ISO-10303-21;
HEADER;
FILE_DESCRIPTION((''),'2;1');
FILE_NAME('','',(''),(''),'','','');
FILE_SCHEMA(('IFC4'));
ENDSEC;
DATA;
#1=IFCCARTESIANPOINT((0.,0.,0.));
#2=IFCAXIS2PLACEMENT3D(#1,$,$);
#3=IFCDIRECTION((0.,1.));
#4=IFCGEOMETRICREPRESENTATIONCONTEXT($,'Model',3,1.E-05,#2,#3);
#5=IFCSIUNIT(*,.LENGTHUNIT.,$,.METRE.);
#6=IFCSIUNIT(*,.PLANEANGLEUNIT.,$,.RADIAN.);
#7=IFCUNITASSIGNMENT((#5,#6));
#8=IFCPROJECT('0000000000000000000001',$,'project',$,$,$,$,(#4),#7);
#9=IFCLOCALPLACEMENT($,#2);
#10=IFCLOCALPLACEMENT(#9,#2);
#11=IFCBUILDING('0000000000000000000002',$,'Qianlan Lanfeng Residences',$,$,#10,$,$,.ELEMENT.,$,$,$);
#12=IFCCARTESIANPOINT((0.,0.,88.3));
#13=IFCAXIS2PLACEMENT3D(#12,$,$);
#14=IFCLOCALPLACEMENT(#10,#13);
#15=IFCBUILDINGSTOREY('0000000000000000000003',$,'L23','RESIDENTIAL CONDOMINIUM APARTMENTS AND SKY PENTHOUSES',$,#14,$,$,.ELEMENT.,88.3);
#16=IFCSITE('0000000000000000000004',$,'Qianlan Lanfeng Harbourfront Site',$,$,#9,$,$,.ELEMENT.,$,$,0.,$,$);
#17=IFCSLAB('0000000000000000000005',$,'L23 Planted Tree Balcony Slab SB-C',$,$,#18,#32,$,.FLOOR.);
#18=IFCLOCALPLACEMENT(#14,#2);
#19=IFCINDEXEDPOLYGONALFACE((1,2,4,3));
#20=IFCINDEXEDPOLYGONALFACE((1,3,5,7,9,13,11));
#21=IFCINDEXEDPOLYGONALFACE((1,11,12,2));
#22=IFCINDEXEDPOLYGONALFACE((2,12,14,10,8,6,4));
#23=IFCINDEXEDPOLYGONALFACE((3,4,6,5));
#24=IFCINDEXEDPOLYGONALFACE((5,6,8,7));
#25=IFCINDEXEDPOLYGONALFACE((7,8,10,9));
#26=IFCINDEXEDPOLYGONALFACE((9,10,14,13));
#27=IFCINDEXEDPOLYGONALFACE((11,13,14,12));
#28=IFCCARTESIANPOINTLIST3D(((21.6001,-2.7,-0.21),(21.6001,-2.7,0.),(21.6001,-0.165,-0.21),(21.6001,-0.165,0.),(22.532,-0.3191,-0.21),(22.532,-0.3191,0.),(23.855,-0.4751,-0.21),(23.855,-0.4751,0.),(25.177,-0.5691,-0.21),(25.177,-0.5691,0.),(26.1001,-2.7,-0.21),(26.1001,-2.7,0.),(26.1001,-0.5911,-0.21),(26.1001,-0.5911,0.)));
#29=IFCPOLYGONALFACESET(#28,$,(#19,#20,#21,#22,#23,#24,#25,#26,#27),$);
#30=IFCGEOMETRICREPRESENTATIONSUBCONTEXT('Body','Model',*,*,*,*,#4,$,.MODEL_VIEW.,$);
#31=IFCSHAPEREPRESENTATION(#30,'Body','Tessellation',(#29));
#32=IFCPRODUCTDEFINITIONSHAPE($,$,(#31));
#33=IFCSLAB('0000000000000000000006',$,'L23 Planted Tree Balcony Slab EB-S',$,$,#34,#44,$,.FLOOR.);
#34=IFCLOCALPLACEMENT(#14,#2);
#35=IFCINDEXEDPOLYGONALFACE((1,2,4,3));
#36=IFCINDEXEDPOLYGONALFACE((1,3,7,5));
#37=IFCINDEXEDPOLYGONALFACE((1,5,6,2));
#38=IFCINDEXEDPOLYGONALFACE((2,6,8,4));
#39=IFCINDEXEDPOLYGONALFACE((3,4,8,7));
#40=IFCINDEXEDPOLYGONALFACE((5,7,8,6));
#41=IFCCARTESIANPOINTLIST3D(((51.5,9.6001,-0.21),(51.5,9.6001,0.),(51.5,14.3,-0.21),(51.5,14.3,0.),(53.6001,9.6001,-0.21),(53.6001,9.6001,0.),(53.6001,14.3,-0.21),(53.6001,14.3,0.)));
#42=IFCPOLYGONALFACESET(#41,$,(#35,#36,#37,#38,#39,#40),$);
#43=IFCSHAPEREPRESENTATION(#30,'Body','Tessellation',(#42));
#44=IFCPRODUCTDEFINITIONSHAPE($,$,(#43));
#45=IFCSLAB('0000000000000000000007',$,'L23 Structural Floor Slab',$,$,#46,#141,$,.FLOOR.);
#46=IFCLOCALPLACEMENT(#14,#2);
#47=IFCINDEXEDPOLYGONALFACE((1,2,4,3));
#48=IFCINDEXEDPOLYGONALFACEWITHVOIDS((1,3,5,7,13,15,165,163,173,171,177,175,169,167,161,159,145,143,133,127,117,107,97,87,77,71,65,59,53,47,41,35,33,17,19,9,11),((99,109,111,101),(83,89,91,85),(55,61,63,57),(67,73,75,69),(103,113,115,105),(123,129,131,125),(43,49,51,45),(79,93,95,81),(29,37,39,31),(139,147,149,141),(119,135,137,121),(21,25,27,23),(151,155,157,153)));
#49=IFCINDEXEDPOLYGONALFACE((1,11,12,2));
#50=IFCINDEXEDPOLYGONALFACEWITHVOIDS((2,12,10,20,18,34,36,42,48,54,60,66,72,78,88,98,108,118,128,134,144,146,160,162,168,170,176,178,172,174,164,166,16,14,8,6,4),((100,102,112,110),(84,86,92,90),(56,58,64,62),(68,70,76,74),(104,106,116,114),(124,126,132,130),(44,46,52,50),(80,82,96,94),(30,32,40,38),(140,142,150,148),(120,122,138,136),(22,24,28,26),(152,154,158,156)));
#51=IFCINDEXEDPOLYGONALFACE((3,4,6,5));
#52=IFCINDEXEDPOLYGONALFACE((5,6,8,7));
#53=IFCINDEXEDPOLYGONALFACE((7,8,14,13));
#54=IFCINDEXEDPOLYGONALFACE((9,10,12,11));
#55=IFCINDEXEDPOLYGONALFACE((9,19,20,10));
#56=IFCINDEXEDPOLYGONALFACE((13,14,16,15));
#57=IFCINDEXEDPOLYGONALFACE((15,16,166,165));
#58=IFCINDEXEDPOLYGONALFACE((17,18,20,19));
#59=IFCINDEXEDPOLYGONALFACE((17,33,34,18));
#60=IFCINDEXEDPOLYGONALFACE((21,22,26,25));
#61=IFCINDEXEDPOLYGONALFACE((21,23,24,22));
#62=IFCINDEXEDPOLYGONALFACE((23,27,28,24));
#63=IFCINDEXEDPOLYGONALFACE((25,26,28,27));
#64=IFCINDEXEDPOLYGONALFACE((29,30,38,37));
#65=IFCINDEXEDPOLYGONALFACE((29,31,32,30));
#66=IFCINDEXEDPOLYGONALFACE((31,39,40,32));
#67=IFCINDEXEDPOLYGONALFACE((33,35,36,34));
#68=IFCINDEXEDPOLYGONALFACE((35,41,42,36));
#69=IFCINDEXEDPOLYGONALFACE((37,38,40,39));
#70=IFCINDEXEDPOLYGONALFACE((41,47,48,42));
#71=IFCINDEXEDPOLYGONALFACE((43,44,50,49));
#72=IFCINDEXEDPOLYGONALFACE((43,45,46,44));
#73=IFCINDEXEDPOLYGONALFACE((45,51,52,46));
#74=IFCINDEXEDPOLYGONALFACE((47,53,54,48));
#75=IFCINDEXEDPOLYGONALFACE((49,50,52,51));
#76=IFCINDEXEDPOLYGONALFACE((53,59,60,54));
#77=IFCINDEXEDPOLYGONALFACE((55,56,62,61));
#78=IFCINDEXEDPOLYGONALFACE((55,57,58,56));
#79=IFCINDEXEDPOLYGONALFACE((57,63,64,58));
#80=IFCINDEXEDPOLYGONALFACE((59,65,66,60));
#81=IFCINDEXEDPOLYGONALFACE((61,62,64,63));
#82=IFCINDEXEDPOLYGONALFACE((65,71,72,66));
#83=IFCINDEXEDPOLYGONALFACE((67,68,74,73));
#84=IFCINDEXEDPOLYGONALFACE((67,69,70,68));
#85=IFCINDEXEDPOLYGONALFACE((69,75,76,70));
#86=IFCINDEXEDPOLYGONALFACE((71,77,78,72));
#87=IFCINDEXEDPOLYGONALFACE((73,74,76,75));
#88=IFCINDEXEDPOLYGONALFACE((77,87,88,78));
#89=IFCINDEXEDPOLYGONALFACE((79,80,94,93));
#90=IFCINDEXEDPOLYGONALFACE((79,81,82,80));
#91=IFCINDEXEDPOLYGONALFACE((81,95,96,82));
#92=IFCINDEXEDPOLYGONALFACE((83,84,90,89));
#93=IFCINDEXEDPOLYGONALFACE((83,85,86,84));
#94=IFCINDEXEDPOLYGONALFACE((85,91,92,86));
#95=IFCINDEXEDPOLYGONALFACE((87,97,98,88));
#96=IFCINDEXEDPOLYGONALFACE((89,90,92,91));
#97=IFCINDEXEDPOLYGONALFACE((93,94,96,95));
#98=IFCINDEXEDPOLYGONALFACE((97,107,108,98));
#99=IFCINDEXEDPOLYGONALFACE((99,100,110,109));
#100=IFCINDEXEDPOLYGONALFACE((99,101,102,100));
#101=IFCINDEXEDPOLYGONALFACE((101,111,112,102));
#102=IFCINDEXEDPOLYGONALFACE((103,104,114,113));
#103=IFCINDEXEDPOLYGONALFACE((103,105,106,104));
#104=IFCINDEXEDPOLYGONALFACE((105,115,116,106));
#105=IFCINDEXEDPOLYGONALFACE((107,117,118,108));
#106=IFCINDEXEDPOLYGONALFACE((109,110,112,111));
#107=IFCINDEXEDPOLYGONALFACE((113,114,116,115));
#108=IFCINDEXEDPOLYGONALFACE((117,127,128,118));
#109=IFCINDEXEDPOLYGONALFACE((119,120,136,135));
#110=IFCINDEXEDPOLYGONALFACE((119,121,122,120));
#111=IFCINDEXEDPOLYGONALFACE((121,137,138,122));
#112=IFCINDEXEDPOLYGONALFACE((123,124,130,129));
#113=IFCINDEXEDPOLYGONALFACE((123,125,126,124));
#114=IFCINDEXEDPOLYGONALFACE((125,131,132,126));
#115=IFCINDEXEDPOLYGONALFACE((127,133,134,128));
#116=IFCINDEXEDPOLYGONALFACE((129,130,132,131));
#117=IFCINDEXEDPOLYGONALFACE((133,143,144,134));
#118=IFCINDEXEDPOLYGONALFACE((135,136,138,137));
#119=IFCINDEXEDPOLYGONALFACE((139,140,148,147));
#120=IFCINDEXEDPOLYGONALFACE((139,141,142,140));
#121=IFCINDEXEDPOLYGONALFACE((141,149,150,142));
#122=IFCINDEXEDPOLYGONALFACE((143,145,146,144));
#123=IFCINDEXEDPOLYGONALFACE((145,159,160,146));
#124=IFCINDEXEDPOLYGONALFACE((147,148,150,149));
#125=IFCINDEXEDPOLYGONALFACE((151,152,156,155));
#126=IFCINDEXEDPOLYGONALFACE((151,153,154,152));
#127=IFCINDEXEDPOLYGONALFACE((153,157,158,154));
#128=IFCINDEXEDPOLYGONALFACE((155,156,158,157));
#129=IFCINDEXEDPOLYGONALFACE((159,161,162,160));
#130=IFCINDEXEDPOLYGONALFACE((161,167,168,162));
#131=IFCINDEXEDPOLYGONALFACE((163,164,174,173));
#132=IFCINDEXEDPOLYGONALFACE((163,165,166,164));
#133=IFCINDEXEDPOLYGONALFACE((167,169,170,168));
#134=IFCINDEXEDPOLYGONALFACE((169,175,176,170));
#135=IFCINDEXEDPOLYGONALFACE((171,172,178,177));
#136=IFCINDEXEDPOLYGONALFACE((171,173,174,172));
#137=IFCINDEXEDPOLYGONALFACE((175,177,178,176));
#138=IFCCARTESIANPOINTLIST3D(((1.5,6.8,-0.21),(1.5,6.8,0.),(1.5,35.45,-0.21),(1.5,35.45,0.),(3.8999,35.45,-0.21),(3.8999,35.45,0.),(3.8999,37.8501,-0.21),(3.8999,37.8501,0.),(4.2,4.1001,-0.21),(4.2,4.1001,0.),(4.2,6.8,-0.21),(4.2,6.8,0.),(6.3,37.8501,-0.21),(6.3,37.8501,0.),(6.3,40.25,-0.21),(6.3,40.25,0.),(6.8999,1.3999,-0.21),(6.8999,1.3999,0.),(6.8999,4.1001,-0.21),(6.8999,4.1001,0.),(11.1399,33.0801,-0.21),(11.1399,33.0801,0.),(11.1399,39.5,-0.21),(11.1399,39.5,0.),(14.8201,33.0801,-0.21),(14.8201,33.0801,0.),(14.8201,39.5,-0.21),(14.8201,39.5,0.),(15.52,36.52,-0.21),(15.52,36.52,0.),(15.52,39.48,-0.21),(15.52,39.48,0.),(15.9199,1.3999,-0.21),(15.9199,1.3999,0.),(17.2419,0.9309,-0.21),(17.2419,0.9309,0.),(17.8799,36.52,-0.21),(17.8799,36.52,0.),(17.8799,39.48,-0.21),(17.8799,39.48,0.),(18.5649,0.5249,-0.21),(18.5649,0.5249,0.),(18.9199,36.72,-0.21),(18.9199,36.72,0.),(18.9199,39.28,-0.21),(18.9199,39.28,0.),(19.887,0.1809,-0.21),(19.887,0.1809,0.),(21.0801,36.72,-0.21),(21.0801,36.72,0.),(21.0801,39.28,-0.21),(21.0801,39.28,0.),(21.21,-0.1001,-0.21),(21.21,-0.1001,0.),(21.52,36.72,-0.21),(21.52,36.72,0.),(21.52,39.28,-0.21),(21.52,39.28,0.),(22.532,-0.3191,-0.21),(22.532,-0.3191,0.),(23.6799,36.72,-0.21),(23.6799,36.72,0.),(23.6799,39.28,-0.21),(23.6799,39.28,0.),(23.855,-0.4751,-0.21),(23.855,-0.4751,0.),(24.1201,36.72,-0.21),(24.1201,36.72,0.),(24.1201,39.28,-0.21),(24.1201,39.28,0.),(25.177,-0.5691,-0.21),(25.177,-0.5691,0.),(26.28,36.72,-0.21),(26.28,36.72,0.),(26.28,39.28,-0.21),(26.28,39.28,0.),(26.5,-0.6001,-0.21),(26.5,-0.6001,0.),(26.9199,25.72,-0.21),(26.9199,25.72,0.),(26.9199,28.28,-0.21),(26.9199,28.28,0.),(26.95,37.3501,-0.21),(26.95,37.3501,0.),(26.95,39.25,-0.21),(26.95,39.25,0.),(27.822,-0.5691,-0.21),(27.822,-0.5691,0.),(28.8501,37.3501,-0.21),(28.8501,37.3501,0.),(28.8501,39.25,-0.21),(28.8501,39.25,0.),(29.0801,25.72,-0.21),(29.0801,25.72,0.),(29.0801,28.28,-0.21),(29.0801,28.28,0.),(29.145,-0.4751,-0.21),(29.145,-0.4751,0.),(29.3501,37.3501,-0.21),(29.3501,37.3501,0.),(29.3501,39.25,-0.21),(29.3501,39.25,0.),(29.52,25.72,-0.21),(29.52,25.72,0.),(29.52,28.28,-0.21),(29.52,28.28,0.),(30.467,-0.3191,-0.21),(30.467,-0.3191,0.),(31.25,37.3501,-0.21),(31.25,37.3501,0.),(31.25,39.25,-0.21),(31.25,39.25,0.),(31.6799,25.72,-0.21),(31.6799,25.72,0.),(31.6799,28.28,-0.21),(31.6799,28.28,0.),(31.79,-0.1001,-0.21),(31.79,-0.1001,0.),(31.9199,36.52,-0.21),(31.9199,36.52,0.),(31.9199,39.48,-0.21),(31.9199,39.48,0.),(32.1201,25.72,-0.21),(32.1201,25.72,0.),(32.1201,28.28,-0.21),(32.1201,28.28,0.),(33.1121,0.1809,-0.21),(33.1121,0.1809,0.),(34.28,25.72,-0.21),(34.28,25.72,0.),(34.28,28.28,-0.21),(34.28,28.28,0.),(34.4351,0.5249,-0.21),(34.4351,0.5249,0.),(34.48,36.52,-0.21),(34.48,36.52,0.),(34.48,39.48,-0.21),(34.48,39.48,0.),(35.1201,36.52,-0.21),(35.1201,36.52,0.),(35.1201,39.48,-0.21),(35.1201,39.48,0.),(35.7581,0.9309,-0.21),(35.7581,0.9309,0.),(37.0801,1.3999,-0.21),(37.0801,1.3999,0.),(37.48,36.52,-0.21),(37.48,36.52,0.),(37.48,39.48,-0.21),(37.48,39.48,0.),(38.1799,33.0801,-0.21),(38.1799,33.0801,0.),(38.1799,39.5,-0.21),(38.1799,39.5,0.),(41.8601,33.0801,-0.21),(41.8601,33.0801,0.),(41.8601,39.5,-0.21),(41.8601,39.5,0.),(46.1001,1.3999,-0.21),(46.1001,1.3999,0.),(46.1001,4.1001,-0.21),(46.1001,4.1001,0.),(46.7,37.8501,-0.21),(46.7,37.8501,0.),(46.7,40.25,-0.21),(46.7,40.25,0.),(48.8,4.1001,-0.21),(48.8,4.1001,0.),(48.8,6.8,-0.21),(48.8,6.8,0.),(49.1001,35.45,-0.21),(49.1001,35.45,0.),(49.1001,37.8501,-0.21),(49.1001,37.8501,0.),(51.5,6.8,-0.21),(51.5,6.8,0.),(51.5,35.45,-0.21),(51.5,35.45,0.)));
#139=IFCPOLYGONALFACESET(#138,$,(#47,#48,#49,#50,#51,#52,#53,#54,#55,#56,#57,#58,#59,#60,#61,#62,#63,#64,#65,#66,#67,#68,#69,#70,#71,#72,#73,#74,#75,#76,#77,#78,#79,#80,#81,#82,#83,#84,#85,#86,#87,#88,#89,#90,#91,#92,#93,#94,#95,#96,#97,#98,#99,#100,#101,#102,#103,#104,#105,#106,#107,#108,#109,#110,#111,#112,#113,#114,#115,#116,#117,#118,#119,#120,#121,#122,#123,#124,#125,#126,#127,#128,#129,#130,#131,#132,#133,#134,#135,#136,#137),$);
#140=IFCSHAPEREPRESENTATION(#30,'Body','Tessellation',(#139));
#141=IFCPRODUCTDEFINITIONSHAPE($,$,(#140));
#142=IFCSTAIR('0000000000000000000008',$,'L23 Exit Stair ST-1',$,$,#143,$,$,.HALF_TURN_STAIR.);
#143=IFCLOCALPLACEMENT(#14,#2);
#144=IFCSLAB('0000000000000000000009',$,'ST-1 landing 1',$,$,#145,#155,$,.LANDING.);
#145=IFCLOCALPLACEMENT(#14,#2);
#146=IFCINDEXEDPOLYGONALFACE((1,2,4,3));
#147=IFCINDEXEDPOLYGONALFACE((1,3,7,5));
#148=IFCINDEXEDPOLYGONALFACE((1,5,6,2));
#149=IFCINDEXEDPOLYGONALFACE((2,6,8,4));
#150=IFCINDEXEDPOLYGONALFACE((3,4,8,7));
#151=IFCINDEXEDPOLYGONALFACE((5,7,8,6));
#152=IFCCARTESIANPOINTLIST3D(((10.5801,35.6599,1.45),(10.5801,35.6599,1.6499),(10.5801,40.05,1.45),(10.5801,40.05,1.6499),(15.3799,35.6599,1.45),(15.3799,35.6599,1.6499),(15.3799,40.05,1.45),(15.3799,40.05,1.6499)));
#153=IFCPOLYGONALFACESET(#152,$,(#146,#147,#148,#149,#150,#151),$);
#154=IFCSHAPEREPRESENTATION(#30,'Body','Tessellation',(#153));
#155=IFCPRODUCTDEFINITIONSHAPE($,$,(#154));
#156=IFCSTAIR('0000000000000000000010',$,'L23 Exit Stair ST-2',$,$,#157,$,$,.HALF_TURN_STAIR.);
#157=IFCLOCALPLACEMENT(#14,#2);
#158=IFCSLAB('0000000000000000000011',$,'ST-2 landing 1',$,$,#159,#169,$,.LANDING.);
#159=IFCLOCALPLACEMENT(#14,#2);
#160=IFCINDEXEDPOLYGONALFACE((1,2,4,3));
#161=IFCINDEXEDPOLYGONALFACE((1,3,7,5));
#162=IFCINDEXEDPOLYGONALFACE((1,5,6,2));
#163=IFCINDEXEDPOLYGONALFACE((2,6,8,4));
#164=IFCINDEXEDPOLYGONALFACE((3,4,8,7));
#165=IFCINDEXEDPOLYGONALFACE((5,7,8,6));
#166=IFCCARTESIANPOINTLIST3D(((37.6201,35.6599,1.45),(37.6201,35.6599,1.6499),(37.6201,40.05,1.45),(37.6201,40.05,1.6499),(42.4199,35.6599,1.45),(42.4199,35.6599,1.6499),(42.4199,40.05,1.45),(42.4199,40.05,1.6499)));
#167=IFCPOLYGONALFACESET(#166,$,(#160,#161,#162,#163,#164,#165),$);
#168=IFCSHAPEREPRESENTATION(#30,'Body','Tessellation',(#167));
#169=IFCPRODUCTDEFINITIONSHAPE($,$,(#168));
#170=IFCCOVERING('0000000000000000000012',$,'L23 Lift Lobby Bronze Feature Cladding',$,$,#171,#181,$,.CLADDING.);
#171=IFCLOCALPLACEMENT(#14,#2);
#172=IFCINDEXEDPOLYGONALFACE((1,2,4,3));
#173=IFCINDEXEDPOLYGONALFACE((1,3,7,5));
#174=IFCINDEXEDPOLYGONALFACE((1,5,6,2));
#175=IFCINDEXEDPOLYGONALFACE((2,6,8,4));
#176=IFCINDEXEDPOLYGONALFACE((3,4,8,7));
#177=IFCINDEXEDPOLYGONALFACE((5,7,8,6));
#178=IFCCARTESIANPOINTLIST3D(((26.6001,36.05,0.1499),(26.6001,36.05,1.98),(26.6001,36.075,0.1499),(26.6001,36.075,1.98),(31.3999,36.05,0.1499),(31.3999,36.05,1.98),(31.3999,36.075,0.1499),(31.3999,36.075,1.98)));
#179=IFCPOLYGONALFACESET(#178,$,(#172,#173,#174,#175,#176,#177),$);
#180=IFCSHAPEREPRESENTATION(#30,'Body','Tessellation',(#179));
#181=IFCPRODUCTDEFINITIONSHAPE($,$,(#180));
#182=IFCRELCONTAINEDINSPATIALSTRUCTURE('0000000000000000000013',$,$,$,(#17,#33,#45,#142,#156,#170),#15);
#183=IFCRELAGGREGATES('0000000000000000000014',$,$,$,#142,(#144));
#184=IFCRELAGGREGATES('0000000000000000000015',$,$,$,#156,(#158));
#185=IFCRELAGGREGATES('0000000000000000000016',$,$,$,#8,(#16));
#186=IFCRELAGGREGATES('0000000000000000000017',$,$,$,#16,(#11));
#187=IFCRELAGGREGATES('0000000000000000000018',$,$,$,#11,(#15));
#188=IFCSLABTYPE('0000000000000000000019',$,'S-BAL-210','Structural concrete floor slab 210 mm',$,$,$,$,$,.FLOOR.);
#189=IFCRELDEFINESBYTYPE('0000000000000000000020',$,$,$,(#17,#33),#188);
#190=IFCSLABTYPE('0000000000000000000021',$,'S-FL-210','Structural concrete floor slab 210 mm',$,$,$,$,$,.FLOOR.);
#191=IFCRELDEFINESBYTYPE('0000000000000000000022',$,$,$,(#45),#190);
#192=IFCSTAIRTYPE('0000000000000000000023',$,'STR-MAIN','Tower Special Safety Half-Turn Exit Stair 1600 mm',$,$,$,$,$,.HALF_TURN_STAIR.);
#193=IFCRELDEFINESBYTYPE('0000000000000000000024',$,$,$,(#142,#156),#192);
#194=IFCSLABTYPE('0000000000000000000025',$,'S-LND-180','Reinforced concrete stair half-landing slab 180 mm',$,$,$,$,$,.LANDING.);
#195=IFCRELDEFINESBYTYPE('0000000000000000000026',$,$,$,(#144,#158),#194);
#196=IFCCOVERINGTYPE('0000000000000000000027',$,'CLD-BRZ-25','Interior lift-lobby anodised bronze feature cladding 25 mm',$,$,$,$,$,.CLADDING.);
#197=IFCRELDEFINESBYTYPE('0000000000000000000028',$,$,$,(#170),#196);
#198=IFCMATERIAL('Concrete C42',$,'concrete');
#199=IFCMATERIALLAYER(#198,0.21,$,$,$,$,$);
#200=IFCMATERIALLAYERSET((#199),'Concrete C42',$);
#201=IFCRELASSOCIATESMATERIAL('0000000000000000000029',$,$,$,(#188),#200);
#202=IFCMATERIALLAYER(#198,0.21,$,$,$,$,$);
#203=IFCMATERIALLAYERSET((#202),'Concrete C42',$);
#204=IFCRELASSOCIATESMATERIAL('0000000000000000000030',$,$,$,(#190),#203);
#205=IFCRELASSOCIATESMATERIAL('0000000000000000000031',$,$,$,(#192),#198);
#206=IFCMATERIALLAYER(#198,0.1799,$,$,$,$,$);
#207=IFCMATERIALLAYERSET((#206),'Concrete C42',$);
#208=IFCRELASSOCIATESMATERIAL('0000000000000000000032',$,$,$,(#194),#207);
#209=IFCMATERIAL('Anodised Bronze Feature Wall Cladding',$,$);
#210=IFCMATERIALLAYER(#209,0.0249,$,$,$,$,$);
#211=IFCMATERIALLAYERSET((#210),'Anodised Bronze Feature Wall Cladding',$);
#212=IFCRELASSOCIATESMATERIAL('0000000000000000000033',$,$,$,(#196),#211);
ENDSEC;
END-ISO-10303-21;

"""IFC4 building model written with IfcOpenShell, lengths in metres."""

from ifc_helpers import new_model, si_unit, direction, frame, origin, place, context, subcontext, project, spatial, polyline, outline, extrude, material, layer, layer_set, type_object, element, aggregate, save


model = new_model("IFC4")

# Units and contexts
model_context = context("Model", 3, precision=1e-05, world=origin(), true_north=direction((0.0, 1.0)))
body_context = subcontext(model_context, "Body", "Model", "MODEL_VIEW")
ifc_project = project(units=[si_unit("LENGTHUNIT", "METRE"), si_unit("PLANEANGLEUNIT", "RADIAN")], contexts=[model_context])

# Site, building, storey
site_placement = place(None, origin())
site = spatial("IfcSite", under=ifc_project, at=site_placement, Name="Qianlan Lanfeng Harbourfront Site", CompositionType="ELEMENT", RefElevation=0.0)
building_placement = place(site_placement, origin())
building = spatial("IfcBuilding", under=site, at=building_placement, Name="Qianlan Lanfeng Residences", CompositionType="ELEMENT")
storey_placement = place(building_placement, frame((0.0, 0.0, 88.3)))
storey = spatial("IfcBuildingStorey", under=building, at=storey_placement, Name="L23", Description="RESIDENTIAL CONDOMINIUM APARTMENTS AND SKY PENTHOUSES", CompositionType="ELEMENT", Elevation=88.3)

# Slabs
ifc_material_1 = material(Name="Concrete C42", Category="concrete")
ifc_layer_1 = layer(ifc_material_1, 0.21)
ifc_layer_set_1 = layer_set([ifc_layer_1], Name="Concrete C42")
slab_type_1 = type_object("IfcSlabType", Name="S-BAL-210", Description="Structural concrete floor slab 210 mm", PredefinedType="FLOOR", material=ifc_layer_set_1)
slab_1_placement = place(storey_placement, frame((0.0, 0.0, -0.21)))
element("IfcSlab", 1, at=slab_1_placement, inside=storey, type_object=slab_type_1, Name="L23 Planted Tree Balcony Slab SB-C", PredefinedType="FLOOR", context=body_context, shape_type="SweptSolid", body=[
    extrude(outline(polyline([(26.1001, -0.5911), (25.177, -0.5691), (23.855, -0.4751), (22.532, -0.3191), (21.6001, -0.165), (21.6001, -2.7), (26.1001, -2.7), (26.1001, -0.5911)])), origin(), (0.0, 0.0, 1.0), 0.21),
])
slab_2_placement = place(storey_placement, frame((0.0, 0.0, -0.21)))
element("IfcSlab", 2, at=slab_2_placement, inside=storey, type_object=slab_type_1, Name="L23 Planted Tree Balcony Slab EB-S", PredefinedType="FLOOR", context=body_context, shape_type="SweptSolid", body=[
    extrude(outline(polyline([(51.5, 14.3), (51.5, 9.6001), (53.6001, 9.6001), (53.6001, 14.3), (51.5, 14.3)])), origin(), (0.0, 0.0, 1.0), 0.21),
])
ifc_layer_2 = layer(ifc_material_1, 0.21)
ifc_layer_set_2 = layer_set([ifc_layer_2], Name="Concrete C42")
slab_type_2 = type_object("IfcSlabType", Name="S-FL-210", Description="Structural concrete floor slab 210 mm", PredefinedType="FLOOR", material=ifc_layer_set_2)
slab_3_placement = place(storey_placement, frame((0.0, 0.0, -0.21)))
element("IfcSlab", 3, at=slab_3_placement, inside=storey, type_object=slab_type_2, Name="L23 Structural Floor Slab", PredefinedType="FLOOR", context=body_context, shape_type="SweptSolid", body=[
    extrude(outline(polyline([(1.5, 6.8), (4.2, 6.8), (4.2, 4.1001), (6.8999, 4.1001), (6.8999, 1.3999), (15.9199, 1.3999), (17.2419, 0.9309), (18.5649, 0.5249), (19.887, 0.1809), (21.21, -0.1001), (22.532, -0.3191), (23.855, -0.4751), (25.177, -0.5691), (26.5, -0.6001), (27.822, -0.5691), (29.145, -0.4751), (30.467, -0.3191), (31.79, -0.1001), (33.1121, 0.1809), (34.4351, 0.5249), (35.7581, 0.9309), (37.0801, 1.3999), (46.1001, 1.3999), (46.1001, 4.1001), (48.8, 4.1001), (48.8, 6.8), (51.5, 6.8), (51.5, 35.45), (49.1001, 35.45), (49.1001, 37.8501), (46.7, 37.8501), (46.7, 40.25), (6.3, 40.25), (6.3, 37.8501), (3.8999, 37.8501), (3.8999, 35.45), (1.5, 35.45), (1.5, 6.8)]), holes=[polyline([(11.1399, 33.0801), (11.1399, 39.5), (14.8201, 39.5), (14.8201, 33.0801), (11.1399, 33.0801)]), polyline([(38.1799, 33.0801), (38.1799, 39.5), (41.8601, 39.5), (41.8601, 33.0801), (38.1799, 33.0801)]), polyline([(15.52, 36.52), (15.52, 39.48), (17.8799, 39.48), (17.8799, 36.52), (15.52, 36.52)]), polyline([(35.1201, 36.52), (35.1201, 39.48), (37.48, 39.48), (37.48, 36.52), (35.1201, 36.52)]), polyline([(31.9199, 36.52), (31.9199, 39.48), (34.48, 39.48), (34.48, 36.52), (31.9199, 36.52)]), polyline([(26.9199, 25.72), (26.9199, 28.28), (29.0801, 28.28), (29.0801, 25.72), (26.9199, 25.72)]), polyline([(29.52, 25.72), (29.52, 28.28), (31.6799, 28.28), (31.6799, 25.72), (29.52, 25.72)]), polyline([(32.1201, 25.72), (32.1201, 28.28), (34.28, 28.28), (34.28, 25.72), (32.1201, 25.72)]), polyline([(18.9199, 36.72), (18.9199, 39.28), (21.0801, 39.28), (21.0801, 36.72), (18.9199, 36.72)]), polyline([(21.52, 36.72), (21.52, 39.28), (23.6799, 39.28), (23.6799, 36.72), (21.52, 36.72)]), polyline([(24.1201, 36.72), (24.1201, 39.28), (26.28, 39.28), (26.28, 36.72), (24.1201, 36.72)]), polyline([(26.95, 37.3501), (26.95, 39.25), (28.8501, 39.25), (28.8501, 37.3501), (26.95, 37.3501)]), polyline([(29.3501, 37.3501), (29.3501, 39.25), (31.25, 39.25), (31.25, 37.3501), (29.3501, 37.3501)])]), origin(), (0.0, 0.0, 1.0), 0.21),
])

# Stairs, slabs
stair_type = type_object("IfcStairType", Name="STR-MAIN", Description="Tower Special Safety Half-Turn Exit Stair 1600 mm", PredefinedType="HALF_TURN_STAIR", material=ifc_material_1)
stair_1_placement = place(storey_placement, origin())
stair_1 = element("IfcStair", 4, at=stair_1_placement, inside=storey, type_object=stair_type, Name="L23 Exit Stair ST-1", PredefinedType="HALF_TURN_STAIR")
ifc_layer_3 = layer(ifc_material_1, 0.1799)
ifc_layer_set_3 = layer_set([ifc_layer_3], Name="Concrete C42")
slab_type_3 = type_object("IfcSlabType", Name="S-LND-180", Description="Reinforced concrete stair half-landing slab 180 mm", PredefinedType="LANDING", material=ifc_layer_set_3)
slab_4_placement = place(storey_placement, frame((0.0, 0.0, 1.45)))
slab_4 = element("IfcSlab", 5, at=slab_4_placement, type_object=slab_type_3, Name="ST-1 landing 1", PredefinedType="LANDING", context=body_context, shape_type="SweptSolid", body=[
    extrude(outline(polyline([(10.5801, 35.6599), (15.3799, 35.6599), (15.3799, 40.05), (10.5801, 40.05), (10.5801, 35.6599)])), origin(), (0.0, 0.0, 1.0), 0.2),
])
aggregate(stair_1, [slab_4])
stair_2_placement = place(storey_placement, origin())
stair_2 = element("IfcStair", 6, at=stair_2_placement, inside=storey, type_object=stair_type, Name="L23 Exit Stair ST-2", PredefinedType="HALF_TURN_STAIR")
slab_5_placement = place(storey_placement, frame((0.0, 0.0, 1.45)))
slab_5 = element("IfcSlab", 7, at=slab_5_placement, type_object=slab_type_3, Name="ST-2 landing 1", PredefinedType="LANDING", context=body_context, shape_type="SweptSolid", body=[
    extrude(outline(polyline([(37.6201, 35.6599), (42.4199, 35.6599), (42.4199, 40.05), (37.6201, 40.05), (37.6201, 35.6599)])), origin(), (0.0, 0.0, 1.0), 0.2),
])
aggregate(stair_2, [slab_5])

# Covering
ifc_material_2 = material(Name="Anodised Bronze Feature Wall Cladding")
ifc_layer_4 = layer(ifc_material_2, 0.0249)
ifc_layer_set_4 = layer_set([ifc_layer_4], Name="Anodised Bronze Feature Wall Cladding")
covering_type_1 = type_object("IfcCoveringType", Name="CLD-BRZ-25", Description="Interior lift-lobby anodised bronze feature cladding 25 mm", PredefinedType="CLADDING", material=ifc_layer_set_4)
covering_1_placement = place(storey_placement, frame((0.0, 0.0, 0.1499)))
element("IfcCovering", 8, at=covering_1_placement, inside=storey, type_object=covering_type_1, Name="L23 Lift Lobby Bronze Feature Cladding", PredefinedType="CLADDING", context=body_context, shape_type="SweptSolid", body=[
    extrude(outline(polyline([(26.6001, 36.05), (31.3999, 36.05), (31.3999, 36.075), (26.6001, 36.075), (26.6001, 36.05)])), origin(), (0.0, 0.0, 1.0), 1.8301),
])

save(model, "model.ifc")
